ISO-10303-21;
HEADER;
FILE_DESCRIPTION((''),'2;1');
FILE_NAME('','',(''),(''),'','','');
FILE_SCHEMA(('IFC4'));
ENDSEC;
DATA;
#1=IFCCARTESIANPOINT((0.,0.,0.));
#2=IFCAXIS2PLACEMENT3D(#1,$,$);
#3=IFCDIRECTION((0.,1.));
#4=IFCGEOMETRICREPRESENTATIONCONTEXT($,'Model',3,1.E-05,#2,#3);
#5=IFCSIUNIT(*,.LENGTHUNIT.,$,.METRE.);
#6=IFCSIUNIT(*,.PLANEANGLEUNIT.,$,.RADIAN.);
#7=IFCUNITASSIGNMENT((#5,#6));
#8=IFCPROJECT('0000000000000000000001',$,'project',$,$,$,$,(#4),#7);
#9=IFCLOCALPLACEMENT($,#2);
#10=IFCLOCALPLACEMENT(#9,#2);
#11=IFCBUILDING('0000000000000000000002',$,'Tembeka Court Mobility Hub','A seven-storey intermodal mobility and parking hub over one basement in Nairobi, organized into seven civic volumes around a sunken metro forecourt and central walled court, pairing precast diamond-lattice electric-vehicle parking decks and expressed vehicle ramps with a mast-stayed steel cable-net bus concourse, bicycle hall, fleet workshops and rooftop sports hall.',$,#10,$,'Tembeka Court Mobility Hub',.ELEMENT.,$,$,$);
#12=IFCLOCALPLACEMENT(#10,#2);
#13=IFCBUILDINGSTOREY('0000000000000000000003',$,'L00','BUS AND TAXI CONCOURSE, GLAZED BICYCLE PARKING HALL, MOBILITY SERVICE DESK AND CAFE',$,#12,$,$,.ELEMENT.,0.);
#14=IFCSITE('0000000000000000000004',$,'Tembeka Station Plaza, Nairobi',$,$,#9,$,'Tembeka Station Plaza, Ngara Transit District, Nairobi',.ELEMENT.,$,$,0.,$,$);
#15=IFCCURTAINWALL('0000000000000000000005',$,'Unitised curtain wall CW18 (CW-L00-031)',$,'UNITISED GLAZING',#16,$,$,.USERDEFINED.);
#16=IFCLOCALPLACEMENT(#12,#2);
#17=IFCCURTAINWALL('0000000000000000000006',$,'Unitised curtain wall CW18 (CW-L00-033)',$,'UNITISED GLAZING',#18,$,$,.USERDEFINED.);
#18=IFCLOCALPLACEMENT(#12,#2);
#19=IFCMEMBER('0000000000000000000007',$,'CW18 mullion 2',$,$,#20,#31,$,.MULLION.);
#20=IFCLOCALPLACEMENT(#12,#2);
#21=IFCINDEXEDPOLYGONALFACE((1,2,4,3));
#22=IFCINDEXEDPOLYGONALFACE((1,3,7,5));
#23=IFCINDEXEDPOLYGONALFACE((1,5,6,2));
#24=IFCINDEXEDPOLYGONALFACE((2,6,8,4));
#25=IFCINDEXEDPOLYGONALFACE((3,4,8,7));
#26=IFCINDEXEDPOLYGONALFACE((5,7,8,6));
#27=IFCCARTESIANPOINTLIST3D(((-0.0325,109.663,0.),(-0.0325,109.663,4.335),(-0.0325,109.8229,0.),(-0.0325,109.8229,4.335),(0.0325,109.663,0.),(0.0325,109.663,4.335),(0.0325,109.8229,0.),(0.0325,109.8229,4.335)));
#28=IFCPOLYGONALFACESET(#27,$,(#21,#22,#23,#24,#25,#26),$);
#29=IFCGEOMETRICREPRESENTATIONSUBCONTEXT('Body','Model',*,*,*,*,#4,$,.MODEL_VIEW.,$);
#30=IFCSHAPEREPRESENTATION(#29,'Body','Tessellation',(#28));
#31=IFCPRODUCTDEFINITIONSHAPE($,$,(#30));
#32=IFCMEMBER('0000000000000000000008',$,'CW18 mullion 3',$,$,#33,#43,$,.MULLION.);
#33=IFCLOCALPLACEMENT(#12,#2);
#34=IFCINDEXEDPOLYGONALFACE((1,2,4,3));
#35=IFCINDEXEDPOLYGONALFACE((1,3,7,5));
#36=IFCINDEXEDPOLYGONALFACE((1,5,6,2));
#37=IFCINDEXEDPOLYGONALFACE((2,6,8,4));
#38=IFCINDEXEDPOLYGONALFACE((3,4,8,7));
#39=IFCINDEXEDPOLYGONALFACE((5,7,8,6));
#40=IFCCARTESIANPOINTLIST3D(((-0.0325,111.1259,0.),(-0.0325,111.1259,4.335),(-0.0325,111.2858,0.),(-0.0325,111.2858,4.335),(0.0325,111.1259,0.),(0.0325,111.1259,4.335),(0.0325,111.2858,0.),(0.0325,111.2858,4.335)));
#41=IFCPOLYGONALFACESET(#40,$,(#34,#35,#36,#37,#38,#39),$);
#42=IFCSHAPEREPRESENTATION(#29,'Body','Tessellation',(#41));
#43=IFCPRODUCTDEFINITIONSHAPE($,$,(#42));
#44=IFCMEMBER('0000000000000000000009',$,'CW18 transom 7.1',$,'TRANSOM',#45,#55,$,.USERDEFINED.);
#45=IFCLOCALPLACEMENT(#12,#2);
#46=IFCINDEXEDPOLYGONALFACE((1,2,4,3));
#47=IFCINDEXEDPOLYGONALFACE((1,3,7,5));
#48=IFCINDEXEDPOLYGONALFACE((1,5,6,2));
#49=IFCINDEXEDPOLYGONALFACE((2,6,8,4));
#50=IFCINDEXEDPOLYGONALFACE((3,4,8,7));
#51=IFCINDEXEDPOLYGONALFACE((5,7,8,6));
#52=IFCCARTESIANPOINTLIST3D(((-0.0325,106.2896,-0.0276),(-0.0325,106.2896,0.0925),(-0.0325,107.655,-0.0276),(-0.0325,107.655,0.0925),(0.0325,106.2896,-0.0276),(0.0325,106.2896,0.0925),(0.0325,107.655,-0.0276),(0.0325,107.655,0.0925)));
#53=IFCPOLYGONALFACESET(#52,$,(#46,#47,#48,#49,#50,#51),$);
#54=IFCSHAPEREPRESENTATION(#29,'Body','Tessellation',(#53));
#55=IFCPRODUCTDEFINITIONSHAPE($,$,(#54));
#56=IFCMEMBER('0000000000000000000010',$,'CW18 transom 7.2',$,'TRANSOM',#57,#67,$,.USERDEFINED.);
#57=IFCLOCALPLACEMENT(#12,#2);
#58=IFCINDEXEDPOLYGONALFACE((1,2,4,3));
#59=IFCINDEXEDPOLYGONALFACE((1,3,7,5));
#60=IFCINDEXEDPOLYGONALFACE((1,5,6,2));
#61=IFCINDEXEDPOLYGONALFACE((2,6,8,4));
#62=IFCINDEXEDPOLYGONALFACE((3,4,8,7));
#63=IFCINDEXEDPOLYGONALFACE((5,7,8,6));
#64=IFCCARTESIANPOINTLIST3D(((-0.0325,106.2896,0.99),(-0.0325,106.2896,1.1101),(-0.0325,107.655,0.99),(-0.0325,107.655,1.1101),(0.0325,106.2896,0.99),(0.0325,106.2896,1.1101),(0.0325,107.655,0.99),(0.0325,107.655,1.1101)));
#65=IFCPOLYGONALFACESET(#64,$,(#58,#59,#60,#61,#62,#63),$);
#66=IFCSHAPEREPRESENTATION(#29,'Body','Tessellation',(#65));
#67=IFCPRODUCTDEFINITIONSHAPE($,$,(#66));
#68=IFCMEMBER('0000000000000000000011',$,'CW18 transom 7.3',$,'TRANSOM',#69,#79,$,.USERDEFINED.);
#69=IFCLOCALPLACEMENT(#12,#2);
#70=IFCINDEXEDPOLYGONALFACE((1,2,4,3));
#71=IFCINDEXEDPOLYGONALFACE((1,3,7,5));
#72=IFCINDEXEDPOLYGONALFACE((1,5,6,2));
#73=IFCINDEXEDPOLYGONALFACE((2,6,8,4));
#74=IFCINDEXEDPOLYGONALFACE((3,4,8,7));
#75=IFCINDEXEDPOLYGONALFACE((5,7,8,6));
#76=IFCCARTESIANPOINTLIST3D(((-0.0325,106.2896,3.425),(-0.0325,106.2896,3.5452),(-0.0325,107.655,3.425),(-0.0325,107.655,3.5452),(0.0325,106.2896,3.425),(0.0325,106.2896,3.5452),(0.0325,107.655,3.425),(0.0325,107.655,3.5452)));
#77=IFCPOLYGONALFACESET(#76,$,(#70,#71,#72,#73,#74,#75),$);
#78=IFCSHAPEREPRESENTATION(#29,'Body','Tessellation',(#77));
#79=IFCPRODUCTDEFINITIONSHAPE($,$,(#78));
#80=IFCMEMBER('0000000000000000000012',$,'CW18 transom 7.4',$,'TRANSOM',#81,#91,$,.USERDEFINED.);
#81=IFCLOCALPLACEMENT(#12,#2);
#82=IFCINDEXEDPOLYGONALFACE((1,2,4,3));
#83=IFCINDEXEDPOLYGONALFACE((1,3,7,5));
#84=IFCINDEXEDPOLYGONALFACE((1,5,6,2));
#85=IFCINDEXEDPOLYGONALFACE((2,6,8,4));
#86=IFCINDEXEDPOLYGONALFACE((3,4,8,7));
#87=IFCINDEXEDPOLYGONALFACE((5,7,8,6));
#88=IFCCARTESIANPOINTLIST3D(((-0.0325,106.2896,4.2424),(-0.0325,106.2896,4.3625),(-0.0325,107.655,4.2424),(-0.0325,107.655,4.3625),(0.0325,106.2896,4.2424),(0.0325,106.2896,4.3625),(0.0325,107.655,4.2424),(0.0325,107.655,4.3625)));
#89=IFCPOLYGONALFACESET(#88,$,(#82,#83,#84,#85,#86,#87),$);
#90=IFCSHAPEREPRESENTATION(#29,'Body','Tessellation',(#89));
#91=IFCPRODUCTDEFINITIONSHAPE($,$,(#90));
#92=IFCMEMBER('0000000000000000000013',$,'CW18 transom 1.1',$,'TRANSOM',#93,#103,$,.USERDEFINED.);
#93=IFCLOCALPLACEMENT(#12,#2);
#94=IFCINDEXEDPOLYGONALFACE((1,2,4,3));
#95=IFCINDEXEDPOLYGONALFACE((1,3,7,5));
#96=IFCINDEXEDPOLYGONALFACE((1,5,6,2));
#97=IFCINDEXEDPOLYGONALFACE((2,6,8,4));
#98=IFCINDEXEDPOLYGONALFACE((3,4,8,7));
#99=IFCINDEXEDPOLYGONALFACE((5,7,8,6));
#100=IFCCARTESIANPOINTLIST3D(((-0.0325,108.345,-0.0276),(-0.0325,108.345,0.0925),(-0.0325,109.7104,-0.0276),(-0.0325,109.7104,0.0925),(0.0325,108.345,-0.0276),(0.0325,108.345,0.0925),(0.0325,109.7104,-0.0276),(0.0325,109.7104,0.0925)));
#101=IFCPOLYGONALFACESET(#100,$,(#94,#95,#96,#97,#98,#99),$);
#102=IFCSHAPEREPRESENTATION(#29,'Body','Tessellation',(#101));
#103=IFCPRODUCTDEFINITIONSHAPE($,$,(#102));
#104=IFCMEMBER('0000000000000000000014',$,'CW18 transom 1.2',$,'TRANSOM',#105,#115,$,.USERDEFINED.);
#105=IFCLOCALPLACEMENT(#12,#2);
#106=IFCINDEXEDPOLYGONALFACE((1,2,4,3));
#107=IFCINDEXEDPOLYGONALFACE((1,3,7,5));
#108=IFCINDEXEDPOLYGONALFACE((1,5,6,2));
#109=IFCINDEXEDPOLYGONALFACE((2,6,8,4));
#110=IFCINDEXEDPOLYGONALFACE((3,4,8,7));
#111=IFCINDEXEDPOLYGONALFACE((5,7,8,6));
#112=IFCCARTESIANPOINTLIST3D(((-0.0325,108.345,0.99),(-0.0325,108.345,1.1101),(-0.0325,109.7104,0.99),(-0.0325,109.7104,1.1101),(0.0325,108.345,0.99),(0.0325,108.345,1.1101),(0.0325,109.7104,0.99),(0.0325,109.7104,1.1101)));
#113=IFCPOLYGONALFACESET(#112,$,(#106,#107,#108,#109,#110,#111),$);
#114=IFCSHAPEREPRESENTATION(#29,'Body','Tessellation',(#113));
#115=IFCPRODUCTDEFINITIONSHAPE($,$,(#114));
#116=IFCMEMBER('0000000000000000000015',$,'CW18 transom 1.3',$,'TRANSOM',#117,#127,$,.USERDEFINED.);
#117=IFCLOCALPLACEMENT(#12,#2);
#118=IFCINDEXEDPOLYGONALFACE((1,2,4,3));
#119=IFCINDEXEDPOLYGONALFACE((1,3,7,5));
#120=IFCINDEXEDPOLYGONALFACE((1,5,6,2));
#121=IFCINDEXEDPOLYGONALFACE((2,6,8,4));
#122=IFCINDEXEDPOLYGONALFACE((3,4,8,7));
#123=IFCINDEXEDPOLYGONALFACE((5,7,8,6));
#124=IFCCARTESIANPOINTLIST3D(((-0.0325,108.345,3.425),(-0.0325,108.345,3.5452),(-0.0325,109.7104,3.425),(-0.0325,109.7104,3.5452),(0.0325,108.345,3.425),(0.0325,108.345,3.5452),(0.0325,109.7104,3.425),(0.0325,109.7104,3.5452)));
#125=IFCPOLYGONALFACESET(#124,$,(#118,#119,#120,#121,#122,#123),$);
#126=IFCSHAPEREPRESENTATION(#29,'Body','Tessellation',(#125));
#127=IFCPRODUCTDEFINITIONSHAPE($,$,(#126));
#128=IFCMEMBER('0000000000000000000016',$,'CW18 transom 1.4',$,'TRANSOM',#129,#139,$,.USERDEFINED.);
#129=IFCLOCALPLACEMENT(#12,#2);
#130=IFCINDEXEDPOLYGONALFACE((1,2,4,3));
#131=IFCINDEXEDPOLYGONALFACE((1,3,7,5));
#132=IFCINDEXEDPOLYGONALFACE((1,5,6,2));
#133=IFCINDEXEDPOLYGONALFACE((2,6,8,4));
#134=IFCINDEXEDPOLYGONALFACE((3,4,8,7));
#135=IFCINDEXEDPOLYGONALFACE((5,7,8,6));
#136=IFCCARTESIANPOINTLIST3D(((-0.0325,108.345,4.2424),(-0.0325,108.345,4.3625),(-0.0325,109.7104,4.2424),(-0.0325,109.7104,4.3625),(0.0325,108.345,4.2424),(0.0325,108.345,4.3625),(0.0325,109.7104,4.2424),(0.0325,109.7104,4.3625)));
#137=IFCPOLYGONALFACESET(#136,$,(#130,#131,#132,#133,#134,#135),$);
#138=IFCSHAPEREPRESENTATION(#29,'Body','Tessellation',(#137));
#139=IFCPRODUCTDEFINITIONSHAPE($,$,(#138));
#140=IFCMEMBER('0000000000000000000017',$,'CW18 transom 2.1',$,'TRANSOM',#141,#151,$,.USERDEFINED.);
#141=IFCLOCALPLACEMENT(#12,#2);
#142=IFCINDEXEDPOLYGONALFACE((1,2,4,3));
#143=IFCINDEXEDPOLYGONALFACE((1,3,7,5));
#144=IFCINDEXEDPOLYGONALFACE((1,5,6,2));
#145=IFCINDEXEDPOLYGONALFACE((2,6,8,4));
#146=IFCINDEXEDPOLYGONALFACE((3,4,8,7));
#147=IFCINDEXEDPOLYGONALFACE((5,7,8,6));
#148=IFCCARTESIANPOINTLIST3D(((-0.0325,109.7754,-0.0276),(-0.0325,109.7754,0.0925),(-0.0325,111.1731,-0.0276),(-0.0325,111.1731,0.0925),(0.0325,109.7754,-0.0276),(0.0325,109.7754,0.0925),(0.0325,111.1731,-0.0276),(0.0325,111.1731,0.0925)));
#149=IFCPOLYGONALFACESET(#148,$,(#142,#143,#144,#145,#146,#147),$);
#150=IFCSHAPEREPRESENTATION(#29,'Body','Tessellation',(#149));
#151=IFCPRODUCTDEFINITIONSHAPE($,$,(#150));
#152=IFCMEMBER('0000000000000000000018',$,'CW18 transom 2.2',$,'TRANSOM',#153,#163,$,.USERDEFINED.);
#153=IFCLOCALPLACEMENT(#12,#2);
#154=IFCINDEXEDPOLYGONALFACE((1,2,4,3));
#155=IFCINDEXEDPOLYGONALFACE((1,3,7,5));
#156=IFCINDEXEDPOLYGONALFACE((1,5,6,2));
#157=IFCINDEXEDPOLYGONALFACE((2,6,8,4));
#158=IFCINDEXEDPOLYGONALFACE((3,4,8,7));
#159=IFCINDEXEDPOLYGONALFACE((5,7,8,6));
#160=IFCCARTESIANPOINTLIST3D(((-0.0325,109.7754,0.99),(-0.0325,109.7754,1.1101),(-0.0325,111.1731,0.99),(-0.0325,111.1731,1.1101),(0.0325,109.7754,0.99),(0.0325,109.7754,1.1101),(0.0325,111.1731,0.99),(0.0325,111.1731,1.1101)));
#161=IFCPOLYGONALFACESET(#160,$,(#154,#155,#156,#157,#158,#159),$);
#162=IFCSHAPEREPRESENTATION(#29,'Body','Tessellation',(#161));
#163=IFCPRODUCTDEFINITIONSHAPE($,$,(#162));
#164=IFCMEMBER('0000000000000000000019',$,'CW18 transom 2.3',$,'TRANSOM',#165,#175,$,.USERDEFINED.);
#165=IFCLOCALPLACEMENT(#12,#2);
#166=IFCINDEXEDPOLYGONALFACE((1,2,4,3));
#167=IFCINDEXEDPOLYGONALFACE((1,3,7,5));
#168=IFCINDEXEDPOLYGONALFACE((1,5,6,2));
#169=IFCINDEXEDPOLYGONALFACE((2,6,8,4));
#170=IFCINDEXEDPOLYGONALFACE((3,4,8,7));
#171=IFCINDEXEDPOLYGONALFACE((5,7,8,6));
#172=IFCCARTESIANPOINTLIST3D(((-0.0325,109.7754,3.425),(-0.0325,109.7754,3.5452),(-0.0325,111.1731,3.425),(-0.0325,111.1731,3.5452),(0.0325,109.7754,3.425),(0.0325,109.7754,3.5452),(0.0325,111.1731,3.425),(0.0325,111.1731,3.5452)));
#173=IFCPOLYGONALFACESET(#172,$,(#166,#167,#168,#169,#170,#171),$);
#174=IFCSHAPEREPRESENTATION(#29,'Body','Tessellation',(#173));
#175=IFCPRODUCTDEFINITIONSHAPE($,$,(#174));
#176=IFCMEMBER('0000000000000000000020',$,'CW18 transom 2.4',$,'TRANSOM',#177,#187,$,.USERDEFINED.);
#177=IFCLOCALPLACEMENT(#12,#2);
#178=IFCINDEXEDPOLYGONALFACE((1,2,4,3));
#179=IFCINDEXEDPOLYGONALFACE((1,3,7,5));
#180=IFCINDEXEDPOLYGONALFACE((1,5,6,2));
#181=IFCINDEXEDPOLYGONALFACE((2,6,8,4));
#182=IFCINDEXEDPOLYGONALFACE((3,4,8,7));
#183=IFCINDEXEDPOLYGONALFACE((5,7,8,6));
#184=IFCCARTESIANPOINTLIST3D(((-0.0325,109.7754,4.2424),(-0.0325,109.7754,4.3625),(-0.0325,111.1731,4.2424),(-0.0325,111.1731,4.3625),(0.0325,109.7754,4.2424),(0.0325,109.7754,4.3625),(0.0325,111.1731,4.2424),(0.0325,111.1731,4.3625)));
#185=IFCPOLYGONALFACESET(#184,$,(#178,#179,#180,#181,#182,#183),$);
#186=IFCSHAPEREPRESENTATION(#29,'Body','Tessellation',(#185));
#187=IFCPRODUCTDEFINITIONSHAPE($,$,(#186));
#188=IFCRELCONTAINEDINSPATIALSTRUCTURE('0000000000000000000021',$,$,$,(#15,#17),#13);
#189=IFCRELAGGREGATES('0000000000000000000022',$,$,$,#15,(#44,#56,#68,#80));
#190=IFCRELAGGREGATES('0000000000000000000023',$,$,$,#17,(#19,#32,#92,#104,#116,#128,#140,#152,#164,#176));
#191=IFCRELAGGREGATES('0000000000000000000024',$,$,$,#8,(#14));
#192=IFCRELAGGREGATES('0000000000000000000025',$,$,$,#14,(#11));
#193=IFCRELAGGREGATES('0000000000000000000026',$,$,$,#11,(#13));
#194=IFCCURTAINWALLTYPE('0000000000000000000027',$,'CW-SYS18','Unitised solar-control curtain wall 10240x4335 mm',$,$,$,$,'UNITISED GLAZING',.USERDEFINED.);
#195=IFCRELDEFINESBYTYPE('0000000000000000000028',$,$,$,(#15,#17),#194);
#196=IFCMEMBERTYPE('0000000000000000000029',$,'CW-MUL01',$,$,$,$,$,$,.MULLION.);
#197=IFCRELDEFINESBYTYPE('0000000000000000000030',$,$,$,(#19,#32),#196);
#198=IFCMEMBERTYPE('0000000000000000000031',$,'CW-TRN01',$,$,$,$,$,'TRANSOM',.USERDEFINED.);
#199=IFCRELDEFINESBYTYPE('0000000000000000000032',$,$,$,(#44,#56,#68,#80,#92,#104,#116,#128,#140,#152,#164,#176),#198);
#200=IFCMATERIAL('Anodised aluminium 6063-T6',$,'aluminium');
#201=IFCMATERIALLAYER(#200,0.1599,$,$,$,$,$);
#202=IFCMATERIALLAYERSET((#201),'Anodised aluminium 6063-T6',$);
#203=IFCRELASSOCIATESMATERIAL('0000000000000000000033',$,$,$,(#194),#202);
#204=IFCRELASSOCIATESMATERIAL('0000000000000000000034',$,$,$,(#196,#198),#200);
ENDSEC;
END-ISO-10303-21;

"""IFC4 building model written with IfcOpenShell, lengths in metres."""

from ifc_helpers import new_model, si_unit, direction, frame, origin, origin_2d, place, context, subcontext, project, spatial, rectangle, extrude, material, layer, layer_set, material_profile, profile_set, type_object, element, aggregate, save


model = new_model("IFC4")

# Units and contexts
model_context = context("Model", 3, precision=1e-05, world=origin(), true_north=direction((0.0, 1.0)))
body_context = subcontext(model_context, "Body", "Model", "MODEL_VIEW")
ifc_project = project(units=[si_unit("LENGTHUNIT", "METRE"), si_unit("PLANEANGLEUNIT", "RADIAN")], contexts=[model_context])

# Site, building, storey
site_placement = place(None, origin())
site = spatial("IfcSite", under=ifc_project, at=site_placement, Name="Tembeka Station Plaza, Nairobi", LongName="Tembeka Station Plaza, Ngara Transit District, Nairobi", CompositionType="ELEMENT", RefElevation=0.0)
building_placement = place(site_placement, origin())
building = spatial("IfcBuilding", under=site, at=building_placement, Name="Tembeka Court Mobility Hub", Description="A seven-storey intermodal mobility and parking hub over one basement in Nairobi, organized into seven civic volumes around a sunken metro forecourt and central walled court, pairing precast diamond-lattice electric-vehicle parking decks and expressed vehicle ramps with a mast-stayed steel cable-net bus concourse, bicycle hall, fleet workshops and rooftop sports hall.", LongName="Tembeka Court Mobility Hub", CompositionType="ELEMENT")
storey_placement = place(building_placement, origin())
storey = spatial("IfcBuildingStorey", under=building, at=storey_placement, Name="L00", Description="BUS AND TAXI CONCOURSE, GLAZED BICYCLE PARKING HALL, MOBILITY SERVICE DESK AND CAFE", CompositionType="ELEMENT", Elevation=0.0)

# Curtain walls, members
ifc_material_1 = material(Name="Anodised aluminium 6063-T6", Category="aluminium")
ifc_layer_1 = layer(ifc_material_1, 0.1599)
ifc_layer_set_1 = layer_set([ifc_layer_1], Name="Anodised aluminium 6063-T6")
curtain_wall_type = type_object("IfcCurtainWallType", Name="CW-SYS18", Description="Unitised solar-control curtain wall 10240x4335 mm", ElementType="UNITISED GLAZING", PredefinedType="USERDEFINED", material=ifc_layer_set_1)
curtain_wall_1_placement = place(storey_placement, origin())
curtain_wall_1 = element("IfcCurtainWall", 1, at=curtain_wall_1_placement, inside=storey, type_object=curtain_wall_type, Name="Unitised curtain wall CW18 (CW-L00-031)", ObjectType="UNITISED GLAZING", PredefinedType="USERDEFINED")
ifc_material_profile_1 = material_profile(ifc_material_1, rectangle(XDim=0.0649, YDim=0.1599, at=origin_2d()), Name="ALU-MUL 65x160")
ifc_profile_set_1 = profile_set([ifc_material_profile_1], Name="Anodised aluminium 6063-T6")
member_type_1 = type_object("IfcMemberType", Name="CW-MUL01", PredefinedType="MULLION", material=ifc_profile_set_1)
curtain_wall_2_placement = place(storey_placement, origin())
curtain_wall_2 = element("IfcCurtainWall", 2, at=curtain_wall_2_placement, inside=storey, type_object=curtain_wall_type, Name="Unitised curtain wall CW18 (CW-L00-033)", ObjectType="UNITISED GLAZING", PredefinedType="USERDEFINED")
member_1_placement = place(storey_placement, frame((0.0, 109.7429, 0.0), z_axis=(0.0, 0.0, 1.0), x_axis=(-1.0, 0.0, 0.0)))
member_1 = element("IfcMember", 3, at=member_1_placement, type_object=member_type_1, Name="CW18 mullion 2", PredefinedType="MULLION", context=body_context, shape_type="SweptSolid", body=[
    extrude(rectangle(XDim=0.0649, YDim=0.1599, at=origin_2d()), origin(), (0.0, 0.0, 1.0), 4.335),
])
member_2_placement = place(storey_placement, frame((0.0, 111.2058, 0.0), z_axis=(0.0, 0.0, 1.0), x_axis=(-1.0, 0.0, 0.0)))
member_2 = element("IfcMember", 4, at=member_2_placement, type_object=member_type_1, Name="CW18 mullion 3", PredefinedType="MULLION", context=body_context, shape_type="SweptSolid", body=[
    extrude(rectangle(XDim=0.0649, YDim=0.1599, at=origin_2d()), origin(), (0.0, 0.0, 1.0), 4.335),
])

# Members
ifc_material_profile_2 = material_profile(ifc_material_1, rectangle(XDim=0.0649, YDim=0.1201, at=origin_2d()), Name="ALU-TRN 65x120")
ifc_profile_set_2 = profile_set([ifc_material_profile_2], Name="Anodised aluminium 6063-T6")
member_type_2 = type_object("IfcMemberType", Name="CW-TRN01", ElementType="TRANSOM", PredefinedType="USERDEFINED", material=ifc_profile_set_2)
member_3_placement = place(storey_placement, frame((0.0, 106.2896, 0.0325), z_axis=(0.0, 1.0, 0.0), x_axis=(-1.0, 0.0, 0.0)))
member_3 = element("IfcMember", 5, at=member_3_placement, type_object=member_type_2, Name="CW18 transom 7.1", ObjectType="TRANSOM", PredefinedType="USERDEFINED", context=body_context, shape_type="SweptSolid", body=[
    extrude(rectangle(XDim=0.0649, YDim=0.1201, at=origin_2d()), origin(), (0.0, 0.0, 1.0), 1.3655),
])
member_4_placement = place(storey_placement, frame((0.0, 106.2896, 1.05), z_axis=(0.0, 1.0, 0.0), x_axis=(-1.0, 0.0, 0.0)))
member_4 = element("IfcMember", 6, at=member_4_placement, type_object=member_type_2, Name="CW18 transom 7.2", ObjectType="TRANSOM", PredefinedType="USERDEFINED", context=body_context, shape_type="SweptSolid", body=[
    extrude(rectangle(XDim=0.0649, YDim=0.1201, at=origin_2d()), origin(), (0.0, 0.0, 1.0), 1.3655),
])
member_5_placement = place(storey_placement, frame((0.0, 106.2896, 3.4851), z_axis=(0.0, 1.0, 0.0), x_axis=(-1.0, 0.0, 0.0)))
member_5 = element("IfcMember", 7, at=member_5_placement, type_object=member_type_2, Name="CW18 transom 7.3", ObjectType="TRANSOM", PredefinedType="USERDEFINED", context=body_context, shape_type="SweptSolid", body=[
    extrude(rectangle(XDim=0.0649, YDim=0.1201, at=origin_2d()), origin(), (0.0, 0.0, 1.0), 1.3655),
])
member_6_placement = place(storey_placement, frame((0.0, 106.2896, 4.3025), z_axis=(0.0, 1.0, 0.0), x_axis=(-1.0, 0.0, 0.0)))
member_6 = element("IfcMember", 8, at=member_6_placement, type_object=member_type_2, Name="CW18 transom 7.4", ObjectType="TRANSOM", PredefinedType="USERDEFINED", context=body_context, shape_type="SweptSolid", body=[
    extrude(rectangle(XDim=0.0649, YDim=0.1201, at=origin_2d()), origin(), (0.0, 0.0, 1.0), 1.3655),
])
member_7_placement = place(storey_placement, frame((0.0, 108.345, 0.0325), z_axis=(0.0, 1.0, 0.0), x_axis=(-1.0, 0.0, 0.0)))
member_7 = element("IfcMember", 9, at=member_7_placement, type_object=member_type_2, Name="CW18 transom 1.1", ObjectType="TRANSOM", PredefinedType="USERDEFINED", context=body_context, shape_type="SweptSolid", body=[
    extrude(rectangle(XDim=0.0649, YDim=0.1201, at=origin_2d()), origin(), (0.0, 0.0, 1.0), 1.3655),
])
member_8_placement = place(storey_placement, frame((0.0, 108.345, 1.05), z_axis=(0.0, 1.0, 0.0), x_axis=(-1.0, 0.0, 0.0)))
member_8 = element("IfcMember", 10, at=member_8_placement, type_object=member_type_2, Name="CW18 transom 1.2", ObjectType="TRANSOM", PredefinedType="USERDEFINED", context=body_context, shape_type="SweptSolid", body=[
    extrude(rectangle(XDim=0.0649, YDim=0.1201, at=origin_2d()), origin(), (0.0, 0.0, 1.0), 1.3655),
])
member_9_placement = place(storey_placement, frame((0.0, 108.345, 3.4851), z_axis=(0.0, 1.0, 0.0), x_axis=(-1.0, 0.0, 0.0)))
member_9 = element("IfcMember", 11, at=member_9_placement, type_object=member_type_2, Name="CW18 transom 1.3", ObjectType="TRANSOM", PredefinedType="USERDEFINED", context=body_context, shape_type="SweptSolid", body=[
    extrude(rectangle(XDim=0.0649, YDim=0.1201, at=origin_2d()), origin(), (0.0, 0.0, 1.0), 1.3655),
])
member_10_placement = place(storey_placement, frame((0.0, 108.345, 4.3025), z_axis=(0.0, 1.0, 0.0), x_axis=(-1.0, 0.0, 0.0)))
member_10 = element("IfcMember", 12, at=member_10_placement, type_object=member_type_2, Name="CW18 transom 1.4", ObjectType="TRANSOM", PredefinedType="USERDEFINED", context=body_context, shape_type="SweptSolid", body=[
    extrude(rectangle(XDim=0.0649, YDim=0.1201, at=origin_2d()), origin(), (0.0, 0.0, 1.0), 1.3655),
])
member_11_placement = place(storey_placement, frame((0.0, 109.7754, 0.0325), z_axis=(0.0, 1.0, 0.0), x_axis=(-1.0, 0.0, 0.0)))
member_11 = element("IfcMember", 13, at=member_11_placement, type_object=member_type_2, Name="CW18 transom 2.1", ObjectType="TRANSOM", PredefinedType="USERDEFINED", context=body_context, shape_type="SweptSolid", body=[
    extrude(rectangle(XDim=0.0649, YDim=0.1201, at=origin_2d()), origin(), (0.0, 0.0, 1.0), 1.3977),
])
member_12_placement = place(storey_placement, frame((0.0, 109.7754, 1.05), z_axis=(0.0, 1.0, 0.0), x_axis=(-1.0, 0.0, 0.0)))
member_12 = element("IfcMember", 14, at=member_12_placement, type_object=member_type_2, Name="CW18 transom 2.2", ObjectType="TRANSOM", PredefinedType="USERDEFINED", context=body_context, shape_type="SweptSolid", body=[
    extrude(rectangle(XDim=0.0649, YDim=0.1201, at=origin_2d()), origin(), (0.0, 0.0, 1.0), 1.3977),
])
member_13_placement = place(storey_placement, frame((0.0, 109.7754, 3.4851), z_axis=(0.0, 1.0, 0.0), x_axis=(-1.0, 0.0, 0.0)))
member_13 = element("IfcMember", 15, at=member_13_placement, type_object=member_type_2, Name="CW18 transom 2.3", ObjectType="TRANSOM", PredefinedType="USERDEFINED", context=body_context, shape_type="SweptSolid", body=[
    extrude(rectangle(XDim=0.0649, YDim=0.1201, at=origin_2d()), origin(), (0.0, 0.0, 1.0), 1.3977),
])
member_14_placement = place(storey_placement, frame((0.0, 109.7754, 4.3025), z_axis=(0.0, 1.0, 0.0), x_axis=(-1.0, 0.0, 0.0)))
member_14 = element("IfcMember", 16, at=member_14_placement, type_object=member_type_2, Name="CW18 transom 2.4", ObjectType="TRANSOM", PredefinedType="USERDEFINED", context=body_context, shape_type="SweptSolid", body=[
    extrude(rectangle(XDim=0.0649, YDim=0.1201, at=origin_2d()), origin(), (0.0, 0.0, 1.0), 1.3977),
])

aggregate(curtain_wall_1, [member_3, member_4, member_5, member_6])
aggregate(curtain_wall_2, [member_1, member_2, member_7, member_8, member_9, member_10, member_11, member_12, member_13, member_14])

save(model, "model.ifc")
